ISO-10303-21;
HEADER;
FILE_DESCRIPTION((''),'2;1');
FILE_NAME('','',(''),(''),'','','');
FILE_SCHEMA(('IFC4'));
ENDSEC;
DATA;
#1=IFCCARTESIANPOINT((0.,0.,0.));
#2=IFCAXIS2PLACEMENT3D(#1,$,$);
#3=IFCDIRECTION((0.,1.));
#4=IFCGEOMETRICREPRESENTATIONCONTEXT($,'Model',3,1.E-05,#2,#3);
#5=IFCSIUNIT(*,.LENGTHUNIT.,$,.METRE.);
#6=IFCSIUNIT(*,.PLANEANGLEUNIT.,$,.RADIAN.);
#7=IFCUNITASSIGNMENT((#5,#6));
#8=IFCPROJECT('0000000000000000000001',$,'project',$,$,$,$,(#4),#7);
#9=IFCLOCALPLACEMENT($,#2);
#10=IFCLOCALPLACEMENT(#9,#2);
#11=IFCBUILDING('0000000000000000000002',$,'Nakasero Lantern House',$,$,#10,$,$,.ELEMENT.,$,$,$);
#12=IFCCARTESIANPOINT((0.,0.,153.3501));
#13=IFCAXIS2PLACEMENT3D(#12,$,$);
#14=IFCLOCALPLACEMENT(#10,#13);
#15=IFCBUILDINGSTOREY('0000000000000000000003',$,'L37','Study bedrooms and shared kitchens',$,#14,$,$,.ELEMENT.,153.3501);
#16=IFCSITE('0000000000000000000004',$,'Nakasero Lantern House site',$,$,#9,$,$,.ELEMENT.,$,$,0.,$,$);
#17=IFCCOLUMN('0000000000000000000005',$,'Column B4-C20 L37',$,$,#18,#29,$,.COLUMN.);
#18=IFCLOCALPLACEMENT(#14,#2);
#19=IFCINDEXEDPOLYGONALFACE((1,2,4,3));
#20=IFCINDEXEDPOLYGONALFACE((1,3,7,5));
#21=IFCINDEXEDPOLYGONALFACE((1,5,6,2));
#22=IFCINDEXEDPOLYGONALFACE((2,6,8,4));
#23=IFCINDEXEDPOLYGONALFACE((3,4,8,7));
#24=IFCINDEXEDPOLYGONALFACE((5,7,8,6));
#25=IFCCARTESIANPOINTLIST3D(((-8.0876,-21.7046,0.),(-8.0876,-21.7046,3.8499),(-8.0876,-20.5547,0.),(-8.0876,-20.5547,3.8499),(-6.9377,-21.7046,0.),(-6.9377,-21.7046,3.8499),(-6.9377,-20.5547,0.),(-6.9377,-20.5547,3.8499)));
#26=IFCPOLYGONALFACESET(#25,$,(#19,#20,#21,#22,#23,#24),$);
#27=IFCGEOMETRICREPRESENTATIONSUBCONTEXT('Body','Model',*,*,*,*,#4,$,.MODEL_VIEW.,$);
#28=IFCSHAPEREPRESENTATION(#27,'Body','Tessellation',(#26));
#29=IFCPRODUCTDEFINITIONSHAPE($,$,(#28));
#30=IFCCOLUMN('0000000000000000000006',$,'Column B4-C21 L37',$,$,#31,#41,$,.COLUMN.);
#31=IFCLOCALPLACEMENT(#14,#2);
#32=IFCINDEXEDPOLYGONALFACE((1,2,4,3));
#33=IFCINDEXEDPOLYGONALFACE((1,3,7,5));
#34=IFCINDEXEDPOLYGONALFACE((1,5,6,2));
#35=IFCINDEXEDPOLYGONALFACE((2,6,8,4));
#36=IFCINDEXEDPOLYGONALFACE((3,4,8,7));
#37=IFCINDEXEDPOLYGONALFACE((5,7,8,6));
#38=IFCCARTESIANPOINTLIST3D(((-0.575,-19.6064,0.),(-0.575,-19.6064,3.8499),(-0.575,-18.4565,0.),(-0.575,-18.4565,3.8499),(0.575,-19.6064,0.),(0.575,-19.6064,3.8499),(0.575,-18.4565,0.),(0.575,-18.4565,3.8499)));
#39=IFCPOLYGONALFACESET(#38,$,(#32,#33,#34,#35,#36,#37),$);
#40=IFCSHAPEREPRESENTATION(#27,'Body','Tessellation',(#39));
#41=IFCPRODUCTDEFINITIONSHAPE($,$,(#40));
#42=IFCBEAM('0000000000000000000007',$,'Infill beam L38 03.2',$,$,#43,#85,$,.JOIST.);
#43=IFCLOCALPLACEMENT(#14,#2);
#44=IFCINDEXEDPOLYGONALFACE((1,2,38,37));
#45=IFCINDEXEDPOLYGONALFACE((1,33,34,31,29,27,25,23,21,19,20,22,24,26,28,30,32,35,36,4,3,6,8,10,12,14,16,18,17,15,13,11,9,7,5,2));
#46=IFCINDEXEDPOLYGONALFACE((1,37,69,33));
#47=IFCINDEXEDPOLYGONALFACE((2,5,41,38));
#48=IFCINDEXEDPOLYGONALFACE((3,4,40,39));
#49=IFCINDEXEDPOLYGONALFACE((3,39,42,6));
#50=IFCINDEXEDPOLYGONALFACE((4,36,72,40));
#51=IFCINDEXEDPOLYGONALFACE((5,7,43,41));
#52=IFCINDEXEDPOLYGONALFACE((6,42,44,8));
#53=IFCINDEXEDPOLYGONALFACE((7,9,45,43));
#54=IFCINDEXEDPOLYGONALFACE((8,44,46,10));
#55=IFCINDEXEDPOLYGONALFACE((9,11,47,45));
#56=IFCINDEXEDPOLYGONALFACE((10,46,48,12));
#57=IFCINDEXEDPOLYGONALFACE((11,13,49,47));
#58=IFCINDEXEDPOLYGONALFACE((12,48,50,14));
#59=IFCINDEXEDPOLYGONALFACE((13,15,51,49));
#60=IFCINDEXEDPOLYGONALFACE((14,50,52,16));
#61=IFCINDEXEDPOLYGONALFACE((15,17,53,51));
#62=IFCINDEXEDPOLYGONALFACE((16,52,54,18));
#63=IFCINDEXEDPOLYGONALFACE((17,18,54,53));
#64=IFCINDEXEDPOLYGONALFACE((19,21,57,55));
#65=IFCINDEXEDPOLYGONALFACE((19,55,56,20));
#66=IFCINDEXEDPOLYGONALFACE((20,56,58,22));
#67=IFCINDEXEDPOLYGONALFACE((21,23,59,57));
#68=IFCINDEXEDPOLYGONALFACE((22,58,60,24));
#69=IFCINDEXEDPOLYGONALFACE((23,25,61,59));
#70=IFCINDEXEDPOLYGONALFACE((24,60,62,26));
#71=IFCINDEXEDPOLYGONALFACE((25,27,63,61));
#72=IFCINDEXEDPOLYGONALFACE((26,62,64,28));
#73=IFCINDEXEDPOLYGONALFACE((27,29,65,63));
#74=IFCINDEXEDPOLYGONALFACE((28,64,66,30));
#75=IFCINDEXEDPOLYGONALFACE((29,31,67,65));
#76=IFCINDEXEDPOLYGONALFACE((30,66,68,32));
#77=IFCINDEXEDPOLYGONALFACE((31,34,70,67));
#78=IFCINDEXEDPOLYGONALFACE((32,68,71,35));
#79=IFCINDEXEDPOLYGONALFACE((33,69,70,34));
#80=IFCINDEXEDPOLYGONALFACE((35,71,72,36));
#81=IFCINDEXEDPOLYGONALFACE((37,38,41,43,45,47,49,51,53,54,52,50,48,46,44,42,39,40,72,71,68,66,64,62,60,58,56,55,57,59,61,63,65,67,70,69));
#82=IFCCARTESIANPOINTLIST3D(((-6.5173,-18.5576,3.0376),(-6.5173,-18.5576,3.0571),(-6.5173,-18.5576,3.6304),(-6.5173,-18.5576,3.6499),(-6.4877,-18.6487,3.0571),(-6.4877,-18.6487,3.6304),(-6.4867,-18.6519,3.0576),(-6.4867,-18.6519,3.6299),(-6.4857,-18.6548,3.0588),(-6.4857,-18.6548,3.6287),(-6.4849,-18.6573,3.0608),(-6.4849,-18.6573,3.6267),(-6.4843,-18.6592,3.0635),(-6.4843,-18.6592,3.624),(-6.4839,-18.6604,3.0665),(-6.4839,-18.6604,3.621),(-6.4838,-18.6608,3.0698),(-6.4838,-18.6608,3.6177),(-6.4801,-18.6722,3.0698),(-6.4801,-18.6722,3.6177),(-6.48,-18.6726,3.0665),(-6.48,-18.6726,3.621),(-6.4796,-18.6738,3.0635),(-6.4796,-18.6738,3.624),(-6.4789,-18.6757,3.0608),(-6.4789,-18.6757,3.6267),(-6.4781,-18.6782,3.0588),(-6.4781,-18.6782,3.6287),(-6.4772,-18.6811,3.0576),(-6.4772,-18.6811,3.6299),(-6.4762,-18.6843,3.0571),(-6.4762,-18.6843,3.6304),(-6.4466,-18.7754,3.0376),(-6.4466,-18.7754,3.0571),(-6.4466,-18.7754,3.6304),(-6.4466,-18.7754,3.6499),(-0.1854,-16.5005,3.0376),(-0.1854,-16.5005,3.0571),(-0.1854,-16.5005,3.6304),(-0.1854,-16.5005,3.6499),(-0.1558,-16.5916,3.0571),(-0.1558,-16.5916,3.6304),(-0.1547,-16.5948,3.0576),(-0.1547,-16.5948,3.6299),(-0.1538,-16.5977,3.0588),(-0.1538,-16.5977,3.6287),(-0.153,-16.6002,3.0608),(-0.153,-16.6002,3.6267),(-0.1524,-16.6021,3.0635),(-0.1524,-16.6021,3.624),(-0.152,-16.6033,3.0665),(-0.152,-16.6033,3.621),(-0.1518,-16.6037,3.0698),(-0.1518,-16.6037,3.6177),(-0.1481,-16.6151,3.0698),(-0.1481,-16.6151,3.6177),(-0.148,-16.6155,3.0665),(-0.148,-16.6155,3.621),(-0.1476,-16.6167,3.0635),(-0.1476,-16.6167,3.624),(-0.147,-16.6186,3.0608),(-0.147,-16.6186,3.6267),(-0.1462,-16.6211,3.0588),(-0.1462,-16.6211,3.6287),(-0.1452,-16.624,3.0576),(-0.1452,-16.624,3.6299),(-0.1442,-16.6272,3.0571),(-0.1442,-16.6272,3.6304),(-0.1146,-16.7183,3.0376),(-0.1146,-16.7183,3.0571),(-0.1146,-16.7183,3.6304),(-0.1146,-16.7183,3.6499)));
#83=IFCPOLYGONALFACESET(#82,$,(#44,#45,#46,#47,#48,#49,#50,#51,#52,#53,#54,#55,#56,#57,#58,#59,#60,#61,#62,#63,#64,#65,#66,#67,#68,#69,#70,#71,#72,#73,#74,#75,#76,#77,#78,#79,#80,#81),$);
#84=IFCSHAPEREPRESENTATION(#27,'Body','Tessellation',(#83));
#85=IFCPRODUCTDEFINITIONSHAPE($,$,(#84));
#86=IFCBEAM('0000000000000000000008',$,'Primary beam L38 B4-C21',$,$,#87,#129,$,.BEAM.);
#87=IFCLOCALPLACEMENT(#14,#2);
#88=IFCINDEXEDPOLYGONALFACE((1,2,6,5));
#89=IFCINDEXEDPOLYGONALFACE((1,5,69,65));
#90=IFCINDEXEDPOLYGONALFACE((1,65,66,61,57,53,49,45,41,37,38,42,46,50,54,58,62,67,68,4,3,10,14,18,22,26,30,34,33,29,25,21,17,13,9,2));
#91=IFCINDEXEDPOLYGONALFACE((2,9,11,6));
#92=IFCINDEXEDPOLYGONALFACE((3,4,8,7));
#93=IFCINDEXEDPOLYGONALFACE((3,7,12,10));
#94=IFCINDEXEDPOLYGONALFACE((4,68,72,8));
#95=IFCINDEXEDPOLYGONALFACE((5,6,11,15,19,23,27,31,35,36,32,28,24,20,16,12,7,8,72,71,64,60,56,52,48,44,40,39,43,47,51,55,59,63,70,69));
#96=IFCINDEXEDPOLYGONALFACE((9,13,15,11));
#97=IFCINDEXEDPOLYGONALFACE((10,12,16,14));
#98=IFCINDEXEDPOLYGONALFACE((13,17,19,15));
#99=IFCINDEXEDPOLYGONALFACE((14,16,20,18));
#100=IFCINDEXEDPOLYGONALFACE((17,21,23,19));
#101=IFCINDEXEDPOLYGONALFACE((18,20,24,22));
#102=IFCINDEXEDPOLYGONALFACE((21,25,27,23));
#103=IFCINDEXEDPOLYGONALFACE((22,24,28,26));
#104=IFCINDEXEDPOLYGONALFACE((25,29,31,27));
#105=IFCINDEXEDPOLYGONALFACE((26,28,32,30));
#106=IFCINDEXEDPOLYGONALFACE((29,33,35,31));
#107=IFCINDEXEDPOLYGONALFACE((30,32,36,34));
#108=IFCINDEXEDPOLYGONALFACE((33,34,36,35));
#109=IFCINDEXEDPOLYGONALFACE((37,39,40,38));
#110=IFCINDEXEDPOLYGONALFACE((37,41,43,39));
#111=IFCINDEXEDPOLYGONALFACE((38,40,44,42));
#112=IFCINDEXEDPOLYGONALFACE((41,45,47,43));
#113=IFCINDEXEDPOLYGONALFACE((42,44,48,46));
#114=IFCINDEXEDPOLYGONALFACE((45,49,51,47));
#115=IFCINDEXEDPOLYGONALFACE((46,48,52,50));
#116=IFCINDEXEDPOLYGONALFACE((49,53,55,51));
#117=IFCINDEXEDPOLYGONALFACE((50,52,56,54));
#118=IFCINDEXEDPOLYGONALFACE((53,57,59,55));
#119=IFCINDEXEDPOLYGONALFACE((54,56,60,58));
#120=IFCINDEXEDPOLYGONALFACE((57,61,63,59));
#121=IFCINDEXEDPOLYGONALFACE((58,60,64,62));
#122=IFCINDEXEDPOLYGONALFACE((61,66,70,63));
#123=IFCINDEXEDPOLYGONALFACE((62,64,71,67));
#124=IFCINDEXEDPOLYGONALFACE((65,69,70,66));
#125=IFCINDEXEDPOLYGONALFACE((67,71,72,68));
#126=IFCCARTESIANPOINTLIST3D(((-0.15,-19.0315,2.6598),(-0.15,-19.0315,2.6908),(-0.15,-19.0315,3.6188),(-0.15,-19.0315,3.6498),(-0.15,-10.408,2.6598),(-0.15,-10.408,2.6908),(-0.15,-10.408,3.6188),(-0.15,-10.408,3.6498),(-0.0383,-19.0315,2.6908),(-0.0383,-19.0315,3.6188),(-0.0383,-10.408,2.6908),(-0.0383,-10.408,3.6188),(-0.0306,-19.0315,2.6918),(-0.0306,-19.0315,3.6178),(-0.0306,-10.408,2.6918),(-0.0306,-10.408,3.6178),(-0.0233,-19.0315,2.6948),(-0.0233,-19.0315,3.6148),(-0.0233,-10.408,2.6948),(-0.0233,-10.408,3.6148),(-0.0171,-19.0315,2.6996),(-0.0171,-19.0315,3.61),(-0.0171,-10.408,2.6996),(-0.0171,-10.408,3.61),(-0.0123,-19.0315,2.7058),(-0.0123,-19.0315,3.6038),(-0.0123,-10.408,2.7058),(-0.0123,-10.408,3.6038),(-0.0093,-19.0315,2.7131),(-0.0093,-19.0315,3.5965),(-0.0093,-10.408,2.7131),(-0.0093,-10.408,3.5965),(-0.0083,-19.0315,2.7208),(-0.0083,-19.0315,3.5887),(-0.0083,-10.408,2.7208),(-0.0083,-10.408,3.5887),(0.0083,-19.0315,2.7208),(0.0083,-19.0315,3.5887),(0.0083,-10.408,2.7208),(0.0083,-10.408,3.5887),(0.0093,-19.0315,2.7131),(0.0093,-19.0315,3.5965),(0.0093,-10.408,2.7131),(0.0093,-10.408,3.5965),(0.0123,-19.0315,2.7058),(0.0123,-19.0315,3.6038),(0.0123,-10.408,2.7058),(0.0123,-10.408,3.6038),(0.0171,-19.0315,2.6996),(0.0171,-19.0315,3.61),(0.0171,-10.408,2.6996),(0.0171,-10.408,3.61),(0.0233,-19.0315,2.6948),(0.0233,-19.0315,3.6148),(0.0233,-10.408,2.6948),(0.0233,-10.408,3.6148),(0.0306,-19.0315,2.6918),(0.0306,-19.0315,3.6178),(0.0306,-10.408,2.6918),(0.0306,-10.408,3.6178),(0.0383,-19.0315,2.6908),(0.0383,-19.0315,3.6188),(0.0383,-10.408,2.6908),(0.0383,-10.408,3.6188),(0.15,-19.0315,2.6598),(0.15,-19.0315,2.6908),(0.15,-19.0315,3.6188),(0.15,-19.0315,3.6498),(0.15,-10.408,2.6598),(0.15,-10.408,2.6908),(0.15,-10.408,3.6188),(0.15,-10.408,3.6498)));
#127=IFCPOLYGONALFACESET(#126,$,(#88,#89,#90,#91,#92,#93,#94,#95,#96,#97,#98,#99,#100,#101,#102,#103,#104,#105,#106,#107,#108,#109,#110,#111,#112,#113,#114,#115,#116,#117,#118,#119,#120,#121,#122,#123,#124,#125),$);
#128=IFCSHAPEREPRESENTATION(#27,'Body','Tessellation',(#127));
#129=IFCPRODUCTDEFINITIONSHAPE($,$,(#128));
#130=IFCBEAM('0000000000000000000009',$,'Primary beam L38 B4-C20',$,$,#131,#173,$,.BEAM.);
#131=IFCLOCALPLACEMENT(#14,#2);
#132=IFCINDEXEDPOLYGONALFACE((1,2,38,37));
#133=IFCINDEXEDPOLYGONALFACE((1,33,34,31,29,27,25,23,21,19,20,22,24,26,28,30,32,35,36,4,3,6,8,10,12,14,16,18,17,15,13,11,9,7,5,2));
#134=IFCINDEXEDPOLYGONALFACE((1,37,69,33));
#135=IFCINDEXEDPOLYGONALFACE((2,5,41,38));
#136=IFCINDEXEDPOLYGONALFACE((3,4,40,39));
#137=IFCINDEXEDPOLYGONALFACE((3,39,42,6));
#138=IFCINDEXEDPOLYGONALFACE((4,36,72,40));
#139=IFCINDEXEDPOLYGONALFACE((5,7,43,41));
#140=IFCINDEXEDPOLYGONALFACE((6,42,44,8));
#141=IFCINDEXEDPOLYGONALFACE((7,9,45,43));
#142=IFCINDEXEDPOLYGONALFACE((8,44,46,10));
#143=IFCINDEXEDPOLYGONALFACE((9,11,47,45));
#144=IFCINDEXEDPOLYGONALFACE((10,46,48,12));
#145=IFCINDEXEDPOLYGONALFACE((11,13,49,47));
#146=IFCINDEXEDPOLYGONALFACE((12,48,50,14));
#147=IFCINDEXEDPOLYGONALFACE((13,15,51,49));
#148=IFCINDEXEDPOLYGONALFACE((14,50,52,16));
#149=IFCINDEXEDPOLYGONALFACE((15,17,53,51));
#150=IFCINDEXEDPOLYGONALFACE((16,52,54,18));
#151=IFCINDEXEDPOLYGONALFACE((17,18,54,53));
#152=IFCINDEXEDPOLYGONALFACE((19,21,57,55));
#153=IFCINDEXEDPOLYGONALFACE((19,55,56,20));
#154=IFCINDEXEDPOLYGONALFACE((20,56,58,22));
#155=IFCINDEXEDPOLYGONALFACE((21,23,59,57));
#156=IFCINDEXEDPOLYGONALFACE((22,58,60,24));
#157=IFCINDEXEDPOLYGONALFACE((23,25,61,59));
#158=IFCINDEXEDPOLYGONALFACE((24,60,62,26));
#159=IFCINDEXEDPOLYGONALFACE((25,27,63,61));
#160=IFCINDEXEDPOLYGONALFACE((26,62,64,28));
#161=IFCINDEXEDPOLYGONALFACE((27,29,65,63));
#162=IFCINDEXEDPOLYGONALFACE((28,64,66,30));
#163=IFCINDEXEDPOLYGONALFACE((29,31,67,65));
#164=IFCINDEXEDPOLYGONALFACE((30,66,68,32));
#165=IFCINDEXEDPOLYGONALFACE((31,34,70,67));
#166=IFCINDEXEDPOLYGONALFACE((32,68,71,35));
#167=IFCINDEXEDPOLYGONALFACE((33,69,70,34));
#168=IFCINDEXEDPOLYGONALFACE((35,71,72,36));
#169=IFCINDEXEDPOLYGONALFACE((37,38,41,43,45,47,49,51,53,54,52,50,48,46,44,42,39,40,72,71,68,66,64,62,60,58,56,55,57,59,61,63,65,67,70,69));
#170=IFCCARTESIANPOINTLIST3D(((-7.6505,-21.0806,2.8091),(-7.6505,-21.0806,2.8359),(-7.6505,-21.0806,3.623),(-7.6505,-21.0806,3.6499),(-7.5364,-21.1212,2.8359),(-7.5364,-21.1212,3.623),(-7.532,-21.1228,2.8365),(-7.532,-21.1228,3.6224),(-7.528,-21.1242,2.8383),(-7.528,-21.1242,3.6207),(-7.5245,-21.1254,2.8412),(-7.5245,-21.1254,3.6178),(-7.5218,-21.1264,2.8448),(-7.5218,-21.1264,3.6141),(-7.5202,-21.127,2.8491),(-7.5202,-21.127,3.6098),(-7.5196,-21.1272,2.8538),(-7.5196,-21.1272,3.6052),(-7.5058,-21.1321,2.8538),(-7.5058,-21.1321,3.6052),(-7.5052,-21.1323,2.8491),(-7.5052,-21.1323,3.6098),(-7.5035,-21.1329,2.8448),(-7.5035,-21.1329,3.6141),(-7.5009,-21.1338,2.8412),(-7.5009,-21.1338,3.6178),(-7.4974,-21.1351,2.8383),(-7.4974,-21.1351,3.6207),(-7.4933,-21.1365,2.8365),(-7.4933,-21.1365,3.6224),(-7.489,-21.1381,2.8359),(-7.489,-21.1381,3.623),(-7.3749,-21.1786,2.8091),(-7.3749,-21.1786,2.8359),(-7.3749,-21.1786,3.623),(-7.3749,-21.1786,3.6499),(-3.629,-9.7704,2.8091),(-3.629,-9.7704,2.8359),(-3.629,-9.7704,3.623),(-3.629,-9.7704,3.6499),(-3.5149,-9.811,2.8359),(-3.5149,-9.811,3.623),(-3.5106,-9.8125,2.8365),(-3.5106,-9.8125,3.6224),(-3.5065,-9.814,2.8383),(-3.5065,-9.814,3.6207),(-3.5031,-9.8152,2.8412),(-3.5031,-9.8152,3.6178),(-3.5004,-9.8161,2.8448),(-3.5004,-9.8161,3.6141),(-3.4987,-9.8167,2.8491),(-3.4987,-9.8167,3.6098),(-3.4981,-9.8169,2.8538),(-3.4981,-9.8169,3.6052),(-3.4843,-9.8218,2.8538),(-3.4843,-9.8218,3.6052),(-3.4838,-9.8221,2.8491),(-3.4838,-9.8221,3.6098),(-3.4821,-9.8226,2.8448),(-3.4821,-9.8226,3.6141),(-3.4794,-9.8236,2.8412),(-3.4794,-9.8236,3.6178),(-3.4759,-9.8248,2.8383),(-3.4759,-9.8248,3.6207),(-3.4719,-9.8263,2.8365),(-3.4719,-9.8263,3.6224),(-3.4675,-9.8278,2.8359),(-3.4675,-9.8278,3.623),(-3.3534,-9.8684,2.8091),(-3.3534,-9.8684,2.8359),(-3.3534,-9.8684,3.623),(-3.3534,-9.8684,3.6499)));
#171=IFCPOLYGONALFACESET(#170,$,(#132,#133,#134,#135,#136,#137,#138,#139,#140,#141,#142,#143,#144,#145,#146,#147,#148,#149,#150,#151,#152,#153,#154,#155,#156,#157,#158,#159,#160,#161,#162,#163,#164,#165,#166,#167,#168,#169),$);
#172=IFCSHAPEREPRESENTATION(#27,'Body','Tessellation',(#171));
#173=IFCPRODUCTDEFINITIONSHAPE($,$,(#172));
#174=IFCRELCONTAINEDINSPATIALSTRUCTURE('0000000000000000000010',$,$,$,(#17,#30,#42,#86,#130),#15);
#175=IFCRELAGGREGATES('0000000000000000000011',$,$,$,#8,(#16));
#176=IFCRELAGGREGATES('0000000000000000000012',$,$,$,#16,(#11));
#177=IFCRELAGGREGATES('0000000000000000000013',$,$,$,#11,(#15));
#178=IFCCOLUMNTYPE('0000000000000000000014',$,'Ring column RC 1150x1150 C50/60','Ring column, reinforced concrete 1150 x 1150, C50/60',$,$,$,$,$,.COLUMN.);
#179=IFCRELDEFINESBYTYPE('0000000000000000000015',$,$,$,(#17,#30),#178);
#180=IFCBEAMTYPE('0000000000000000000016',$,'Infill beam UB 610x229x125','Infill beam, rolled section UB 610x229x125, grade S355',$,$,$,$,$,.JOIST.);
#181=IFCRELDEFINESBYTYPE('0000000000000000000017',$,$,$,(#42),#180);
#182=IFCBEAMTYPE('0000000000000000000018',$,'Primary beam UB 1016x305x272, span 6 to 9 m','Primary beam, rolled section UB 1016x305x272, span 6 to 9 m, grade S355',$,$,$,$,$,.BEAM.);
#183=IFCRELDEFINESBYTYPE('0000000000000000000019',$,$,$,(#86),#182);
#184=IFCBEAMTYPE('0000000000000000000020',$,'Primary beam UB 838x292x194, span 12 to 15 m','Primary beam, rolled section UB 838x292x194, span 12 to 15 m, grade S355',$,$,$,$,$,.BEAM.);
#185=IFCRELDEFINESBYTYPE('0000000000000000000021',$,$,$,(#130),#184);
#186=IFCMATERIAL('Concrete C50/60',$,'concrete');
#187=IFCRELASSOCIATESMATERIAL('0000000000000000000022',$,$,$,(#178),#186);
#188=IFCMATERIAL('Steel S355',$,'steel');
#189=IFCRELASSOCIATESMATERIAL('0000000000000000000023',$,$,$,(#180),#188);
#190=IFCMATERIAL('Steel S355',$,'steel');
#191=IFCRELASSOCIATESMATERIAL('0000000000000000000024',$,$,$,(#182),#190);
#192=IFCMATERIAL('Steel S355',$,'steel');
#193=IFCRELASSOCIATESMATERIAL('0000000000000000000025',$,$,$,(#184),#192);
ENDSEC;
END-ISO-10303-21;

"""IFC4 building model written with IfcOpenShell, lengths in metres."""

from ifc_helpers import new_model, si_unit, direction, frame, origin, origin_2d, place, context, subcontext, project, spatial, rectangle, i_section, extrude, material, material_profile, profile_set, type_object, element, save


model = new_model("IFC4")

# Units and contexts
model_context = context("Model", 3, precision=1e-05, world=origin(), true_north=direction((0.0, 1.0)))
body_context = subcontext(model_context, "Body", "Model", "MODEL_VIEW")
ifc_project = project(units=[si_unit("LENGTHUNIT", "METRE"), si_unit("PLANEANGLEUNIT", "RADIAN")], contexts=[model_context])

# Site, building, storey
site_placement = place(None, origin())
site = spatial("IfcSite", under=ifc_project, at=site_placement, Name="Nakasero Lantern House site", CompositionType="ELEMENT", RefElevation=0.0)
building_placement = place(site_placement, origin())
building = spatial("IfcBuilding", under=site, at=building_placement, Name="Nakasero Lantern House", CompositionType="ELEMENT")
storey_placement = place(building_placement, frame((0.0, 0.0, 153.3501)))
storey = spatial("IfcBuildingStorey", under=building, at=storey_placement, Name="L37", Description="Study bedrooms and shared kitchens", CompositionType="ELEMENT", Elevation=153.3501)

# Columns
ifc_material_1 = material(Name="Concrete C50/60", Category="concrete")
ifc_material_profile_1 = material_profile(ifc_material_1, rectangle(XDim=1.1499, YDim=1.1499, at=origin_2d()), Name="RC 1150x1150")
ifc_profile_set_1 = profile_set([ifc_material_profile_1], Name="Concrete C50/60")
column_type = type_object("IfcColumnType", Name="Ring column RC 1150x1150 C50/60", Description="Ring column, reinforced concrete 1150 x 1150, C50/60", PredefinedType="COLUMN", material=ifc_profile_set_1)
for number, where, z_axis, x_axis, name in (
    (1, (-7.5127, -21.1296, 0.0), (0.0, 0.0, 1.0), (1.0, 0.0, 0.0), "Column B4-C20 L37"),
    (2, (0.0, -19.0315, 0.0), (0.0, 0.0, 1.0), (1.0, 0.0, 0.0), "Column B4-C21 L37"),
):
    element("IfcColumn", number, at=place(storey_placement, frame(where, z_axis=z_axis, x_axis=x_axis)), inside=storey, type_object=column_type, Name=name, PredefinedType="COLUMN", context=body_context, shape_type="SweptSolid", body=[
        extrude(rectangle(XDim=1.1499, YDim=1.1499, at=origin_2d()), origin(), (0.0, 0.0, 1.0), 3.8499),
    ])

# Beams
ifc_material_2 = material(Name="Steel S355", Category="steel")
ifc_material_profile_2 = material_profile(ifc_material_2, i_section(OverallWidth=0.229, OverallDepth=0.6123, WebThickness=0.012, FlangeThickness=0.0195, FilletRadius=0.0127, at=origin_2d()), Name="UB 610x229x125")
ifc_profile_set_2 = profile_set([ifc_material_profile_2], Name="Steel S355")
beam_type_1 = type_object("IfcBeamType", Name="Infill beam UB 610x229x125", Description="Infill beam, rolled section UB 610x229x125, grade S355", PredefinedType="JOIST", material=ifc_profile_set_2)
beam_1_placement = place(storey_placement, frame((-6.4819, -18.6665, 3.3438), z_axis=(0.951069, 0.30898, 0.0), x_axis=(-0.30898, 0.951069, 0.0)))
element("IfcBeam", 3, at=beam_1_placement, inside=storey, type_object=beam_type_1, Name="Infill beam L38 03.2", PredefinedType="JOIST", context=body_context, shape_type="SweptSolid", body=[
    extrude(i_section(OverallWidth=0.229, OverallDepth=0.6123, WebThickness=0.012, FlangeThickness=0.0195, FilletRadius=0.0127, at=origin_2d()), origin(), (0.0, 0.0, 1.0), 6.6577),
])
ifc_material_3 = material(Name="Steel S355", Category="steel")
ifc_material_profile_3 = material_profile(ifc_material_3, i_section(OverallWidth=0.3, OverallDepth=0.99, WebThickness=0.0166, FlangeThickness=0.031, FilletRadius=0.03, at=origin_2d()), Name="UB 1016x305x272")
ifc_profile_set_3 = profile_set([ifc_material_profile_3], Name="Steel S355")
beam_type_2 = type_object("IfcBeamType", Name="Primary beam UB 1016x305x272, span 6 to 9 m", Description="Primary beam, rolled section UB 1016x305x272, span 6 to 9 m, grade S355", PredefinedType="BEAM", material=ifc_profile_set_3)
beam_2_placement = place(storey_placement, frame((0.0, -19.0315, 3.1548), z_axis=(0.0, 1.0, 0.0), x_axis=(-1.0, 0.0, 0.0)))
element("IfcBeam", 4, at=beam_2_placement, inside=storey, type_object=beam_type_2, Name="Primary beam L38 B4-C21", PredefinedType="BEAM", context=body_context, shape_type="SweptSolid", body=[
    extrude(i_section(OverallWidth=0.3, OverallDepth=0.99, WebThickness=0.0166, FlangeThickness=0.031, FilletRadius=0.03, at=origin_2d()), origin(), (0.0, 0.0, 1.0), 8.6235),
])
ifc_material_4 = material(Name="Steel S355", Category="steel")
ifc_material_profile_4 = material_profile(ifc_material_4, i_section(OverallWidth=0.2925, OverallDepth=0.8408, WebThickness=0.0146, FlangeThickness=0.0269, FilletRadius=0.0178, at=origin_2d()), Name="UB 838x292x194")
ifc_profile_set_4 = profile_set([ifc_material_profile_4], Name="Steel S355")
beam_type_3 = type_object("IfcBeamType", Name="Primary beam UB 838x292x194, span 12 to 15 m", Description="Primary beam, rolled section UB 838x292x194, span 12 to 15 m, grade S355", PredefinedType="BEAM", material=ifc_profile_set_4)
beam_3_placement = place(storey_placement, frame((-7.5127, -21.1296, 3.2295), z_axis=(0.335013, 0.942214, 0.0), x_axis=(-0.942214, 0.335013, 0.0)))
element("IfcBeam", 5, at=beam_3_placement, inside=storey, type_object=beam_type_3, Name="Primary beam L38 B4-C20", PredefinedType="BEAM", context=body_context, shape_type="SweptSolid", body=[
    extrude(i_section(OverallWidth=0.2925, OverallDepth=0.8408, WebThickness=0.0146, FlangeThickness=0.0269, FilletRadius=0.0178, at=origin_2d()), origin(), (0.0, 0.0, 1.0), 12.0039),
])

save(model, "model.ifc")
